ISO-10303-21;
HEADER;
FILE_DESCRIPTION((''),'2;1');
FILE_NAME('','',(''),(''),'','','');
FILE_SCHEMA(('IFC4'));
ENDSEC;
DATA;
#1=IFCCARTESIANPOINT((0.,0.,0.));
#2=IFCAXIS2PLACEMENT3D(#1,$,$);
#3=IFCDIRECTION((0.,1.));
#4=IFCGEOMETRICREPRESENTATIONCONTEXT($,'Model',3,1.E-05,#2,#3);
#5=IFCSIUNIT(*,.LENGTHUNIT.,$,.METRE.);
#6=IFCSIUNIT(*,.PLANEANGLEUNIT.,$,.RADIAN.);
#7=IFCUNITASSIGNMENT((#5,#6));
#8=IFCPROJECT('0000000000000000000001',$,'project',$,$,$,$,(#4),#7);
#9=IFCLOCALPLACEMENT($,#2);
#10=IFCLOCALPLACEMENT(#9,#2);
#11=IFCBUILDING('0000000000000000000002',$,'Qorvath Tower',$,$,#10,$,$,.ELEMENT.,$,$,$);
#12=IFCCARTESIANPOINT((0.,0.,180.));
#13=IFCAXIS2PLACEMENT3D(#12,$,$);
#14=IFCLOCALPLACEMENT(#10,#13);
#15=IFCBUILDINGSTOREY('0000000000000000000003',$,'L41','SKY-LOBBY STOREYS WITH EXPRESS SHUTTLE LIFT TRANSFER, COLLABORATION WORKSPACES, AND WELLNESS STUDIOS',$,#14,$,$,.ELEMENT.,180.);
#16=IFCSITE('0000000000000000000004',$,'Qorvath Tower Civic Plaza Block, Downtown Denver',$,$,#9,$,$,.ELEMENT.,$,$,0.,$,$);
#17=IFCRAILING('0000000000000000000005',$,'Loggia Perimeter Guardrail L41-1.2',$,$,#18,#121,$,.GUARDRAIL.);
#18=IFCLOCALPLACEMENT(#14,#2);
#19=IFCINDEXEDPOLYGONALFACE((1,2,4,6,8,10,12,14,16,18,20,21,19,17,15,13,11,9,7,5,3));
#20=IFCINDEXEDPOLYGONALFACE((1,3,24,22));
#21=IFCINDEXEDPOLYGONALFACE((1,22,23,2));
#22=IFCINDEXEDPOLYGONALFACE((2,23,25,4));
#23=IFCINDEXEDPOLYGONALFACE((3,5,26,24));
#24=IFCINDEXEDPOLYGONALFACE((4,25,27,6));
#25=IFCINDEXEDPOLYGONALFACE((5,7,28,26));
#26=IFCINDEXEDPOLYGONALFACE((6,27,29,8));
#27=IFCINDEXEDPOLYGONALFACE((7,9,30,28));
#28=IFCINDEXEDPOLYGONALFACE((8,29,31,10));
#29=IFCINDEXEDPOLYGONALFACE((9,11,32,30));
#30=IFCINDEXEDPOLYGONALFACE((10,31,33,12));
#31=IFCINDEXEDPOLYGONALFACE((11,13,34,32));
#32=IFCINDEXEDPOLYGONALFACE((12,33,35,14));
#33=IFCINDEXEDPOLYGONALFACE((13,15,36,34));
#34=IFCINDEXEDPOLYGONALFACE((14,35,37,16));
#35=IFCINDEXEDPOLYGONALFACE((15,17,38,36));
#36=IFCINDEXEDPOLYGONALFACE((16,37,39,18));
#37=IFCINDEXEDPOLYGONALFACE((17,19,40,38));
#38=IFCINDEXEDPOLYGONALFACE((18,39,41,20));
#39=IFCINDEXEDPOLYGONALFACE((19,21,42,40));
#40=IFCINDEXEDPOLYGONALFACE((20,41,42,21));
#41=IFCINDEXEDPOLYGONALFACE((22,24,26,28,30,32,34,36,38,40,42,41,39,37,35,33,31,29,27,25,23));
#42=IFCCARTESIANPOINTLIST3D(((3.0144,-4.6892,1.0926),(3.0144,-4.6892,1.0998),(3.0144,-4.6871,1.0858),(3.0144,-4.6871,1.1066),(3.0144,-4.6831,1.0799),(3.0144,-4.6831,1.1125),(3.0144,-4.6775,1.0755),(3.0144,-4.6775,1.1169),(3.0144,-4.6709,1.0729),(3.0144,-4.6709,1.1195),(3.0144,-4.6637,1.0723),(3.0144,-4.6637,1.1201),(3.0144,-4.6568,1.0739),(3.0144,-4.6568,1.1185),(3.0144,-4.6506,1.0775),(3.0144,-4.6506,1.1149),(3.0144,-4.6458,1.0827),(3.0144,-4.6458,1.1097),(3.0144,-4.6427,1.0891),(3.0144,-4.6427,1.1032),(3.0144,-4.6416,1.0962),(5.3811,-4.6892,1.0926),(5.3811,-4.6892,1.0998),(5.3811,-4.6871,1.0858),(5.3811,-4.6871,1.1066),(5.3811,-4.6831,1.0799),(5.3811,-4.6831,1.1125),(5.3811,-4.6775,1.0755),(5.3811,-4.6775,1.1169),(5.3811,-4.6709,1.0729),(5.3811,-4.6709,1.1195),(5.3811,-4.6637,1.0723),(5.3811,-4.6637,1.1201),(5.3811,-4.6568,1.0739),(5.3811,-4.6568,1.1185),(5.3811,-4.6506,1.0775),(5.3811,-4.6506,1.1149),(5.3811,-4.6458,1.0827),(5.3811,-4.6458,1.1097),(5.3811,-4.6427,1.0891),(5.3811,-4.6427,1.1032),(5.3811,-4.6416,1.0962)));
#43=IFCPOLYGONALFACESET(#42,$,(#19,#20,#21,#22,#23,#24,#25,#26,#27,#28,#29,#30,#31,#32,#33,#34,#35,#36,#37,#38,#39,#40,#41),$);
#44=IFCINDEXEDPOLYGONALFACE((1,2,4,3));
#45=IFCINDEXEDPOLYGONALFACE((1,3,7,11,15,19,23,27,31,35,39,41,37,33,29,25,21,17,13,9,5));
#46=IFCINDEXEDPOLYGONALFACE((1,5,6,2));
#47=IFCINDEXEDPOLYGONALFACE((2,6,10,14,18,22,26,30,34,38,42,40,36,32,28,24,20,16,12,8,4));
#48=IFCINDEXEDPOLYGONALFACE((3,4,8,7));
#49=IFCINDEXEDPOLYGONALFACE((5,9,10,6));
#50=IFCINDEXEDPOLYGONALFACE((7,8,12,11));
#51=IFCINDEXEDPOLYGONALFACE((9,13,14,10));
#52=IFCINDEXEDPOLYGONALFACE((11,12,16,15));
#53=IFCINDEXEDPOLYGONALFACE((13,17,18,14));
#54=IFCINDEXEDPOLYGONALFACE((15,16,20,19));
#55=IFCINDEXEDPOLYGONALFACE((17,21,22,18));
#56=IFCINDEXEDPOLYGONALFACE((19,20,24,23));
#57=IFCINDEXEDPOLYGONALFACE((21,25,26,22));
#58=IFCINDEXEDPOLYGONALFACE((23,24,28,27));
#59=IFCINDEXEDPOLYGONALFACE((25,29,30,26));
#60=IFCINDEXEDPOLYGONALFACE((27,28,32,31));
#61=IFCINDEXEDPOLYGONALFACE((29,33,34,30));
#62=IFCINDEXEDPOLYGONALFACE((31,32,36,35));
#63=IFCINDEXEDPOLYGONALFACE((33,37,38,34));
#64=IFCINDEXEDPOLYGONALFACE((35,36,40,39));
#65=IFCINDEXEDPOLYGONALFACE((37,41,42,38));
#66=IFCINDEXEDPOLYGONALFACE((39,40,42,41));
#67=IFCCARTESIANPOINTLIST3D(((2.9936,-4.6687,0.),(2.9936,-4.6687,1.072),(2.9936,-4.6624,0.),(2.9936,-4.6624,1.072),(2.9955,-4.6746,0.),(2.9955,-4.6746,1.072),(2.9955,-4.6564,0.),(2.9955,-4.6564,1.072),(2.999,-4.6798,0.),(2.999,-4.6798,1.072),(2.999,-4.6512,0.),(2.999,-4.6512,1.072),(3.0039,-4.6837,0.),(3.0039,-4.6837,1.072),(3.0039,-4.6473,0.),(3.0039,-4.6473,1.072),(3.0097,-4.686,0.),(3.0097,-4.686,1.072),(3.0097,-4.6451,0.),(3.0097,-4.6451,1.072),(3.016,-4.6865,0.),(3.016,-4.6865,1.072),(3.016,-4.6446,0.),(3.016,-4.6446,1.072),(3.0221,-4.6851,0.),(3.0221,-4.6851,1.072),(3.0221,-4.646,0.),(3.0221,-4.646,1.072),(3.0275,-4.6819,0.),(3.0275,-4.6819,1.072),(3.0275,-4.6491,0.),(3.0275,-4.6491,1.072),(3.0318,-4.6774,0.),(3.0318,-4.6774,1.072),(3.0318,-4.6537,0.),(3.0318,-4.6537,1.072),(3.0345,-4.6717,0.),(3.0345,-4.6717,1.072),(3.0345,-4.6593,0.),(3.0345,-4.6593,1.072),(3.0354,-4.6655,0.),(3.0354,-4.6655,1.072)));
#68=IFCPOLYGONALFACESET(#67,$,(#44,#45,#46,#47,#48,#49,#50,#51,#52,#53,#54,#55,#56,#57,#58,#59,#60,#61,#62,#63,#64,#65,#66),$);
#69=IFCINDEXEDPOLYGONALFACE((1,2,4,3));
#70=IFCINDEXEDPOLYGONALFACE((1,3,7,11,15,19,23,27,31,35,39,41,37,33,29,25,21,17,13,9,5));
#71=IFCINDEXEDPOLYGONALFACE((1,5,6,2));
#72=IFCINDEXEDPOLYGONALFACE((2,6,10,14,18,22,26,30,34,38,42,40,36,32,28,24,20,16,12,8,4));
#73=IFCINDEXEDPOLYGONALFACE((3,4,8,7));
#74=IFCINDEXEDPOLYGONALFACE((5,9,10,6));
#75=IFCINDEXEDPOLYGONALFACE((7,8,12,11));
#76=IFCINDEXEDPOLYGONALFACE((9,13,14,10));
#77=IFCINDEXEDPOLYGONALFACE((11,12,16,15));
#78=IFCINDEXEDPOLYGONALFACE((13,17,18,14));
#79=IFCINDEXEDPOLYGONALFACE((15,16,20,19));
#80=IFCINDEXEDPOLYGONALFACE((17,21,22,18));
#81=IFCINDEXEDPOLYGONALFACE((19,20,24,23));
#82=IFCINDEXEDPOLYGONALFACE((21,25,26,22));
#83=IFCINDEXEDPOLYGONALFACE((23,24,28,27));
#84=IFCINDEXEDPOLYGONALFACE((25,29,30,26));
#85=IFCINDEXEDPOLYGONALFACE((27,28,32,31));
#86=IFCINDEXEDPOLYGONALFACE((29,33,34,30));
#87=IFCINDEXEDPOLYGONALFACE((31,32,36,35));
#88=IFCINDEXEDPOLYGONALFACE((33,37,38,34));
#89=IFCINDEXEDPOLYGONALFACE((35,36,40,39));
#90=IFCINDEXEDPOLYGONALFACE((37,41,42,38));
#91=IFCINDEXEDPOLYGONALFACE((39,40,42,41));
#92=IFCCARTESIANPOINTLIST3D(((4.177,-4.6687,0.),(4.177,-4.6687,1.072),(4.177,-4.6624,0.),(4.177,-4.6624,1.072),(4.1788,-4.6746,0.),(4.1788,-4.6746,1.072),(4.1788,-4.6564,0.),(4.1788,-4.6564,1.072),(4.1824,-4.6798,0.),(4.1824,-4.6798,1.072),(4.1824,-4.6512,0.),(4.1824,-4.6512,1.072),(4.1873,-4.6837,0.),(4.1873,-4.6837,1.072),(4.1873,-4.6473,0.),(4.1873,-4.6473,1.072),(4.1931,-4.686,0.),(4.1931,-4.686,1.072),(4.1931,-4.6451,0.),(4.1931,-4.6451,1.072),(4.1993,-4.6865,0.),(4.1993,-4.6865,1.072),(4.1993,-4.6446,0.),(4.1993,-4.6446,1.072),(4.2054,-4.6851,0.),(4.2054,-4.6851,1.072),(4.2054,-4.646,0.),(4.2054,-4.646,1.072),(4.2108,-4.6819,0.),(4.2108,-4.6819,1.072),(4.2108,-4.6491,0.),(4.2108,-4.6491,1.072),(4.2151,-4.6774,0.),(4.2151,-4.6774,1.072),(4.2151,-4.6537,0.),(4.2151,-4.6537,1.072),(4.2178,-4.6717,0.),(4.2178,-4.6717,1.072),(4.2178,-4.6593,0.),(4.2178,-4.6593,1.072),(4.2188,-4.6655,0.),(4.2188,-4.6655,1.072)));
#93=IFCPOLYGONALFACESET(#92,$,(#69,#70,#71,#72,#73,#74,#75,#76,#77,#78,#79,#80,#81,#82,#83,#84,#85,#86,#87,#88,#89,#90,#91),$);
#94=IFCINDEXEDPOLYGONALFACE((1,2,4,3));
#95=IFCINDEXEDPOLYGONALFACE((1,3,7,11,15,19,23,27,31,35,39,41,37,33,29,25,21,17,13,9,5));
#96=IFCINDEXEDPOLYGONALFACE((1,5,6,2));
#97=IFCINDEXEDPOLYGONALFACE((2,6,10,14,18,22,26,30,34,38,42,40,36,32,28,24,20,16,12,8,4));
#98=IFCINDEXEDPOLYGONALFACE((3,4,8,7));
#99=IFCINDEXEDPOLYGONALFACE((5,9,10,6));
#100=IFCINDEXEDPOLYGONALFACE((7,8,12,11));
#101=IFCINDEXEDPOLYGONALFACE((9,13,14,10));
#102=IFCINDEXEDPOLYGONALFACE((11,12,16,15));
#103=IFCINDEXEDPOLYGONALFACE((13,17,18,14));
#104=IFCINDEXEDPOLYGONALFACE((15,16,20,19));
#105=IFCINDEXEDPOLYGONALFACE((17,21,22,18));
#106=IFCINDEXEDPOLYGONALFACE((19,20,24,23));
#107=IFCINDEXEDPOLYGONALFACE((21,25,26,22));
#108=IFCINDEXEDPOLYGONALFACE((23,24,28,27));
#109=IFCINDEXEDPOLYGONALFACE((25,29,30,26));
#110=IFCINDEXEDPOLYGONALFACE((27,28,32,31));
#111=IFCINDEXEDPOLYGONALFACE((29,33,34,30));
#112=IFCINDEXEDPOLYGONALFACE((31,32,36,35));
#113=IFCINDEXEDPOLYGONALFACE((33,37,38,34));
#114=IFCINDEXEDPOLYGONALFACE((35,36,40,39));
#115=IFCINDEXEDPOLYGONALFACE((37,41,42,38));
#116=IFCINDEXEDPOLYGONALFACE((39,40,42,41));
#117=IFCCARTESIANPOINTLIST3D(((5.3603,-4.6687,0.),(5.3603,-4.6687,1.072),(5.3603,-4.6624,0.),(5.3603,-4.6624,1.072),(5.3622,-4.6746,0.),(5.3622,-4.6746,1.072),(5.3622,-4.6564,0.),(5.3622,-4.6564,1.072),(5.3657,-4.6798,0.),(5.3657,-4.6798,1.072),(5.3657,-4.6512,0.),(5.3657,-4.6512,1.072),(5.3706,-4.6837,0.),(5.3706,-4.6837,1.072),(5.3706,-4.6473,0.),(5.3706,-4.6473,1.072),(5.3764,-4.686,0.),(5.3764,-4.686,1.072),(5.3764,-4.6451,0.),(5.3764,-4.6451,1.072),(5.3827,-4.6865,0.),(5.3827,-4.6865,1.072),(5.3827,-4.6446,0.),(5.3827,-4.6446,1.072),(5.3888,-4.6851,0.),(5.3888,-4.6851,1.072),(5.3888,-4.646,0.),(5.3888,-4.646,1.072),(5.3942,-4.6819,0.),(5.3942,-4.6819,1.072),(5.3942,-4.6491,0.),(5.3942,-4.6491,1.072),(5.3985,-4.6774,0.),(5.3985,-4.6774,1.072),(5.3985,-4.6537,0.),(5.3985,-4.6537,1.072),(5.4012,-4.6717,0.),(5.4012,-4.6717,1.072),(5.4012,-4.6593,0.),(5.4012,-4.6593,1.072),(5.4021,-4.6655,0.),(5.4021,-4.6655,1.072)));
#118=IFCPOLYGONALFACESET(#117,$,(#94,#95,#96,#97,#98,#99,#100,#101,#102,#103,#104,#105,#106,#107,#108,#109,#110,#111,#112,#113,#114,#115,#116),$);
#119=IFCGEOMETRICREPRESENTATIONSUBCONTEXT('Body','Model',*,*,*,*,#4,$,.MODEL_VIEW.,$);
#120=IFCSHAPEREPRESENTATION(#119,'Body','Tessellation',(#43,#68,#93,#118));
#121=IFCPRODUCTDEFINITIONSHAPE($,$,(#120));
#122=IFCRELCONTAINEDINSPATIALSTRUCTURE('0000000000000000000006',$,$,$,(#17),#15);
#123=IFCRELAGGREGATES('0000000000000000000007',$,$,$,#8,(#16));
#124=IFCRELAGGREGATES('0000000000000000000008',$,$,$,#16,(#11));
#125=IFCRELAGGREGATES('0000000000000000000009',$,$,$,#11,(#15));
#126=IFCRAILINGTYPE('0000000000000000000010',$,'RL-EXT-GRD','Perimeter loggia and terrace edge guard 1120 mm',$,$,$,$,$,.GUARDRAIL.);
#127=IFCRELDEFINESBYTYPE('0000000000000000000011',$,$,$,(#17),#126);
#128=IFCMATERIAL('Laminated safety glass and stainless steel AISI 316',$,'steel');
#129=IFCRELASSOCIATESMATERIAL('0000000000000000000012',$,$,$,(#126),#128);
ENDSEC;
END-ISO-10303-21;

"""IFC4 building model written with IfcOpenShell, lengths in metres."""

from ifc_helpers import new_model, si_unit, direction, frame, origin, origin_2d, place, context, subcontext, project, spatial, circle, extrude, material, type_object, element, save


model = new_model("IFC4")

# Units and contexts
model_context = context("Model", 3, precision=1e-05, world=origin(), true_north=direction((0.0, 1.0)))
body_context = subcontext(model_context, "Body", "Model", "MODEL_VIEW")
ifc_project = project(units=[si_unit("LENGTHUNIT", "METRE"), si_unit("PLANEANGLEUNIT", "RADIAN")], contexts=[model_context])

# Site, building, storey
site_placement = place(None, origin())
site = spatial("IfcSite", under=ifc_project, at=site_placement, Name="Qorvath Tower Civic Plaza Block, Downtown Denver", CompositionType="ELEMENT", RefElevation=0.0)
building_placement = place(site_placement, origin())
building = spatial("IfcBuilding", under=site, at=building_placement, Name="Qorvath Tower", CompositionType="ELEMENT")
storey_placement = place(building_placement, frame((0.0, 0.0, 180.0)))
storey = spatial("IfcBuildingStorey", under=building, at=storey_placement, Name="L41", Description="SKY-LOBBY STOREYS WITH EXPRESS SHUTTLE LIFT TRANSFER, COLLABORATION WORKSPACES, AND WELLNESS STUDIOS", CompositionType="ELEMENT", Elevation=180.0)

# Railing
ifc_material_1 = material(Name="Laminated safety glass and stainless steel AISI 316", Category="steel")
railing_type = type_object("IfcRailingType", Name="RL-EXT-GRD", Description="Perimeter loggia and terrace edge guard 1120 mm", PredefinedType="GUARDRAIL", material=ifc_material_1)
railing_1_placement = place(storey_placement, frame((3.0144, -4.6655, 0.0)))
element("IfcRailing", 1, at=railing_1_placement, inside=storey, type_object=railing_type, Name="Loggia Perimeter Guardrail L41-1.2", PredefinedType="GUARDRAIL", context=body_context, shape_type="SweptSolid", body=[
    extrude(circle(Radius=0.0239, at=origin_2d()), frame((0.0, 0.0, 1.0962), z_axis=(1.0, 0.0, 0.0), x_axis=(0.0, 1.0, 0.0)), (0.0, 0.0, 1.0), 2.3667),
    extrude(circle(Radius=0.021, at=origin_2d()), origin(), (0.0, 0.0, 1.0), 1.072),
    extrude(circle(Radius=0.021, at=origin_2d()), frame((1.1833, 0.0, 0.0)), (0.0, 0.0, 1.0), 1.072),
    extrude(circle(Radius=0.021, at=origin_2d()), frame((2.3667, 0.0, 0.0)), (0.0, 0.0, 1.0), 1.072),
])

save(model, "model.ifc")
